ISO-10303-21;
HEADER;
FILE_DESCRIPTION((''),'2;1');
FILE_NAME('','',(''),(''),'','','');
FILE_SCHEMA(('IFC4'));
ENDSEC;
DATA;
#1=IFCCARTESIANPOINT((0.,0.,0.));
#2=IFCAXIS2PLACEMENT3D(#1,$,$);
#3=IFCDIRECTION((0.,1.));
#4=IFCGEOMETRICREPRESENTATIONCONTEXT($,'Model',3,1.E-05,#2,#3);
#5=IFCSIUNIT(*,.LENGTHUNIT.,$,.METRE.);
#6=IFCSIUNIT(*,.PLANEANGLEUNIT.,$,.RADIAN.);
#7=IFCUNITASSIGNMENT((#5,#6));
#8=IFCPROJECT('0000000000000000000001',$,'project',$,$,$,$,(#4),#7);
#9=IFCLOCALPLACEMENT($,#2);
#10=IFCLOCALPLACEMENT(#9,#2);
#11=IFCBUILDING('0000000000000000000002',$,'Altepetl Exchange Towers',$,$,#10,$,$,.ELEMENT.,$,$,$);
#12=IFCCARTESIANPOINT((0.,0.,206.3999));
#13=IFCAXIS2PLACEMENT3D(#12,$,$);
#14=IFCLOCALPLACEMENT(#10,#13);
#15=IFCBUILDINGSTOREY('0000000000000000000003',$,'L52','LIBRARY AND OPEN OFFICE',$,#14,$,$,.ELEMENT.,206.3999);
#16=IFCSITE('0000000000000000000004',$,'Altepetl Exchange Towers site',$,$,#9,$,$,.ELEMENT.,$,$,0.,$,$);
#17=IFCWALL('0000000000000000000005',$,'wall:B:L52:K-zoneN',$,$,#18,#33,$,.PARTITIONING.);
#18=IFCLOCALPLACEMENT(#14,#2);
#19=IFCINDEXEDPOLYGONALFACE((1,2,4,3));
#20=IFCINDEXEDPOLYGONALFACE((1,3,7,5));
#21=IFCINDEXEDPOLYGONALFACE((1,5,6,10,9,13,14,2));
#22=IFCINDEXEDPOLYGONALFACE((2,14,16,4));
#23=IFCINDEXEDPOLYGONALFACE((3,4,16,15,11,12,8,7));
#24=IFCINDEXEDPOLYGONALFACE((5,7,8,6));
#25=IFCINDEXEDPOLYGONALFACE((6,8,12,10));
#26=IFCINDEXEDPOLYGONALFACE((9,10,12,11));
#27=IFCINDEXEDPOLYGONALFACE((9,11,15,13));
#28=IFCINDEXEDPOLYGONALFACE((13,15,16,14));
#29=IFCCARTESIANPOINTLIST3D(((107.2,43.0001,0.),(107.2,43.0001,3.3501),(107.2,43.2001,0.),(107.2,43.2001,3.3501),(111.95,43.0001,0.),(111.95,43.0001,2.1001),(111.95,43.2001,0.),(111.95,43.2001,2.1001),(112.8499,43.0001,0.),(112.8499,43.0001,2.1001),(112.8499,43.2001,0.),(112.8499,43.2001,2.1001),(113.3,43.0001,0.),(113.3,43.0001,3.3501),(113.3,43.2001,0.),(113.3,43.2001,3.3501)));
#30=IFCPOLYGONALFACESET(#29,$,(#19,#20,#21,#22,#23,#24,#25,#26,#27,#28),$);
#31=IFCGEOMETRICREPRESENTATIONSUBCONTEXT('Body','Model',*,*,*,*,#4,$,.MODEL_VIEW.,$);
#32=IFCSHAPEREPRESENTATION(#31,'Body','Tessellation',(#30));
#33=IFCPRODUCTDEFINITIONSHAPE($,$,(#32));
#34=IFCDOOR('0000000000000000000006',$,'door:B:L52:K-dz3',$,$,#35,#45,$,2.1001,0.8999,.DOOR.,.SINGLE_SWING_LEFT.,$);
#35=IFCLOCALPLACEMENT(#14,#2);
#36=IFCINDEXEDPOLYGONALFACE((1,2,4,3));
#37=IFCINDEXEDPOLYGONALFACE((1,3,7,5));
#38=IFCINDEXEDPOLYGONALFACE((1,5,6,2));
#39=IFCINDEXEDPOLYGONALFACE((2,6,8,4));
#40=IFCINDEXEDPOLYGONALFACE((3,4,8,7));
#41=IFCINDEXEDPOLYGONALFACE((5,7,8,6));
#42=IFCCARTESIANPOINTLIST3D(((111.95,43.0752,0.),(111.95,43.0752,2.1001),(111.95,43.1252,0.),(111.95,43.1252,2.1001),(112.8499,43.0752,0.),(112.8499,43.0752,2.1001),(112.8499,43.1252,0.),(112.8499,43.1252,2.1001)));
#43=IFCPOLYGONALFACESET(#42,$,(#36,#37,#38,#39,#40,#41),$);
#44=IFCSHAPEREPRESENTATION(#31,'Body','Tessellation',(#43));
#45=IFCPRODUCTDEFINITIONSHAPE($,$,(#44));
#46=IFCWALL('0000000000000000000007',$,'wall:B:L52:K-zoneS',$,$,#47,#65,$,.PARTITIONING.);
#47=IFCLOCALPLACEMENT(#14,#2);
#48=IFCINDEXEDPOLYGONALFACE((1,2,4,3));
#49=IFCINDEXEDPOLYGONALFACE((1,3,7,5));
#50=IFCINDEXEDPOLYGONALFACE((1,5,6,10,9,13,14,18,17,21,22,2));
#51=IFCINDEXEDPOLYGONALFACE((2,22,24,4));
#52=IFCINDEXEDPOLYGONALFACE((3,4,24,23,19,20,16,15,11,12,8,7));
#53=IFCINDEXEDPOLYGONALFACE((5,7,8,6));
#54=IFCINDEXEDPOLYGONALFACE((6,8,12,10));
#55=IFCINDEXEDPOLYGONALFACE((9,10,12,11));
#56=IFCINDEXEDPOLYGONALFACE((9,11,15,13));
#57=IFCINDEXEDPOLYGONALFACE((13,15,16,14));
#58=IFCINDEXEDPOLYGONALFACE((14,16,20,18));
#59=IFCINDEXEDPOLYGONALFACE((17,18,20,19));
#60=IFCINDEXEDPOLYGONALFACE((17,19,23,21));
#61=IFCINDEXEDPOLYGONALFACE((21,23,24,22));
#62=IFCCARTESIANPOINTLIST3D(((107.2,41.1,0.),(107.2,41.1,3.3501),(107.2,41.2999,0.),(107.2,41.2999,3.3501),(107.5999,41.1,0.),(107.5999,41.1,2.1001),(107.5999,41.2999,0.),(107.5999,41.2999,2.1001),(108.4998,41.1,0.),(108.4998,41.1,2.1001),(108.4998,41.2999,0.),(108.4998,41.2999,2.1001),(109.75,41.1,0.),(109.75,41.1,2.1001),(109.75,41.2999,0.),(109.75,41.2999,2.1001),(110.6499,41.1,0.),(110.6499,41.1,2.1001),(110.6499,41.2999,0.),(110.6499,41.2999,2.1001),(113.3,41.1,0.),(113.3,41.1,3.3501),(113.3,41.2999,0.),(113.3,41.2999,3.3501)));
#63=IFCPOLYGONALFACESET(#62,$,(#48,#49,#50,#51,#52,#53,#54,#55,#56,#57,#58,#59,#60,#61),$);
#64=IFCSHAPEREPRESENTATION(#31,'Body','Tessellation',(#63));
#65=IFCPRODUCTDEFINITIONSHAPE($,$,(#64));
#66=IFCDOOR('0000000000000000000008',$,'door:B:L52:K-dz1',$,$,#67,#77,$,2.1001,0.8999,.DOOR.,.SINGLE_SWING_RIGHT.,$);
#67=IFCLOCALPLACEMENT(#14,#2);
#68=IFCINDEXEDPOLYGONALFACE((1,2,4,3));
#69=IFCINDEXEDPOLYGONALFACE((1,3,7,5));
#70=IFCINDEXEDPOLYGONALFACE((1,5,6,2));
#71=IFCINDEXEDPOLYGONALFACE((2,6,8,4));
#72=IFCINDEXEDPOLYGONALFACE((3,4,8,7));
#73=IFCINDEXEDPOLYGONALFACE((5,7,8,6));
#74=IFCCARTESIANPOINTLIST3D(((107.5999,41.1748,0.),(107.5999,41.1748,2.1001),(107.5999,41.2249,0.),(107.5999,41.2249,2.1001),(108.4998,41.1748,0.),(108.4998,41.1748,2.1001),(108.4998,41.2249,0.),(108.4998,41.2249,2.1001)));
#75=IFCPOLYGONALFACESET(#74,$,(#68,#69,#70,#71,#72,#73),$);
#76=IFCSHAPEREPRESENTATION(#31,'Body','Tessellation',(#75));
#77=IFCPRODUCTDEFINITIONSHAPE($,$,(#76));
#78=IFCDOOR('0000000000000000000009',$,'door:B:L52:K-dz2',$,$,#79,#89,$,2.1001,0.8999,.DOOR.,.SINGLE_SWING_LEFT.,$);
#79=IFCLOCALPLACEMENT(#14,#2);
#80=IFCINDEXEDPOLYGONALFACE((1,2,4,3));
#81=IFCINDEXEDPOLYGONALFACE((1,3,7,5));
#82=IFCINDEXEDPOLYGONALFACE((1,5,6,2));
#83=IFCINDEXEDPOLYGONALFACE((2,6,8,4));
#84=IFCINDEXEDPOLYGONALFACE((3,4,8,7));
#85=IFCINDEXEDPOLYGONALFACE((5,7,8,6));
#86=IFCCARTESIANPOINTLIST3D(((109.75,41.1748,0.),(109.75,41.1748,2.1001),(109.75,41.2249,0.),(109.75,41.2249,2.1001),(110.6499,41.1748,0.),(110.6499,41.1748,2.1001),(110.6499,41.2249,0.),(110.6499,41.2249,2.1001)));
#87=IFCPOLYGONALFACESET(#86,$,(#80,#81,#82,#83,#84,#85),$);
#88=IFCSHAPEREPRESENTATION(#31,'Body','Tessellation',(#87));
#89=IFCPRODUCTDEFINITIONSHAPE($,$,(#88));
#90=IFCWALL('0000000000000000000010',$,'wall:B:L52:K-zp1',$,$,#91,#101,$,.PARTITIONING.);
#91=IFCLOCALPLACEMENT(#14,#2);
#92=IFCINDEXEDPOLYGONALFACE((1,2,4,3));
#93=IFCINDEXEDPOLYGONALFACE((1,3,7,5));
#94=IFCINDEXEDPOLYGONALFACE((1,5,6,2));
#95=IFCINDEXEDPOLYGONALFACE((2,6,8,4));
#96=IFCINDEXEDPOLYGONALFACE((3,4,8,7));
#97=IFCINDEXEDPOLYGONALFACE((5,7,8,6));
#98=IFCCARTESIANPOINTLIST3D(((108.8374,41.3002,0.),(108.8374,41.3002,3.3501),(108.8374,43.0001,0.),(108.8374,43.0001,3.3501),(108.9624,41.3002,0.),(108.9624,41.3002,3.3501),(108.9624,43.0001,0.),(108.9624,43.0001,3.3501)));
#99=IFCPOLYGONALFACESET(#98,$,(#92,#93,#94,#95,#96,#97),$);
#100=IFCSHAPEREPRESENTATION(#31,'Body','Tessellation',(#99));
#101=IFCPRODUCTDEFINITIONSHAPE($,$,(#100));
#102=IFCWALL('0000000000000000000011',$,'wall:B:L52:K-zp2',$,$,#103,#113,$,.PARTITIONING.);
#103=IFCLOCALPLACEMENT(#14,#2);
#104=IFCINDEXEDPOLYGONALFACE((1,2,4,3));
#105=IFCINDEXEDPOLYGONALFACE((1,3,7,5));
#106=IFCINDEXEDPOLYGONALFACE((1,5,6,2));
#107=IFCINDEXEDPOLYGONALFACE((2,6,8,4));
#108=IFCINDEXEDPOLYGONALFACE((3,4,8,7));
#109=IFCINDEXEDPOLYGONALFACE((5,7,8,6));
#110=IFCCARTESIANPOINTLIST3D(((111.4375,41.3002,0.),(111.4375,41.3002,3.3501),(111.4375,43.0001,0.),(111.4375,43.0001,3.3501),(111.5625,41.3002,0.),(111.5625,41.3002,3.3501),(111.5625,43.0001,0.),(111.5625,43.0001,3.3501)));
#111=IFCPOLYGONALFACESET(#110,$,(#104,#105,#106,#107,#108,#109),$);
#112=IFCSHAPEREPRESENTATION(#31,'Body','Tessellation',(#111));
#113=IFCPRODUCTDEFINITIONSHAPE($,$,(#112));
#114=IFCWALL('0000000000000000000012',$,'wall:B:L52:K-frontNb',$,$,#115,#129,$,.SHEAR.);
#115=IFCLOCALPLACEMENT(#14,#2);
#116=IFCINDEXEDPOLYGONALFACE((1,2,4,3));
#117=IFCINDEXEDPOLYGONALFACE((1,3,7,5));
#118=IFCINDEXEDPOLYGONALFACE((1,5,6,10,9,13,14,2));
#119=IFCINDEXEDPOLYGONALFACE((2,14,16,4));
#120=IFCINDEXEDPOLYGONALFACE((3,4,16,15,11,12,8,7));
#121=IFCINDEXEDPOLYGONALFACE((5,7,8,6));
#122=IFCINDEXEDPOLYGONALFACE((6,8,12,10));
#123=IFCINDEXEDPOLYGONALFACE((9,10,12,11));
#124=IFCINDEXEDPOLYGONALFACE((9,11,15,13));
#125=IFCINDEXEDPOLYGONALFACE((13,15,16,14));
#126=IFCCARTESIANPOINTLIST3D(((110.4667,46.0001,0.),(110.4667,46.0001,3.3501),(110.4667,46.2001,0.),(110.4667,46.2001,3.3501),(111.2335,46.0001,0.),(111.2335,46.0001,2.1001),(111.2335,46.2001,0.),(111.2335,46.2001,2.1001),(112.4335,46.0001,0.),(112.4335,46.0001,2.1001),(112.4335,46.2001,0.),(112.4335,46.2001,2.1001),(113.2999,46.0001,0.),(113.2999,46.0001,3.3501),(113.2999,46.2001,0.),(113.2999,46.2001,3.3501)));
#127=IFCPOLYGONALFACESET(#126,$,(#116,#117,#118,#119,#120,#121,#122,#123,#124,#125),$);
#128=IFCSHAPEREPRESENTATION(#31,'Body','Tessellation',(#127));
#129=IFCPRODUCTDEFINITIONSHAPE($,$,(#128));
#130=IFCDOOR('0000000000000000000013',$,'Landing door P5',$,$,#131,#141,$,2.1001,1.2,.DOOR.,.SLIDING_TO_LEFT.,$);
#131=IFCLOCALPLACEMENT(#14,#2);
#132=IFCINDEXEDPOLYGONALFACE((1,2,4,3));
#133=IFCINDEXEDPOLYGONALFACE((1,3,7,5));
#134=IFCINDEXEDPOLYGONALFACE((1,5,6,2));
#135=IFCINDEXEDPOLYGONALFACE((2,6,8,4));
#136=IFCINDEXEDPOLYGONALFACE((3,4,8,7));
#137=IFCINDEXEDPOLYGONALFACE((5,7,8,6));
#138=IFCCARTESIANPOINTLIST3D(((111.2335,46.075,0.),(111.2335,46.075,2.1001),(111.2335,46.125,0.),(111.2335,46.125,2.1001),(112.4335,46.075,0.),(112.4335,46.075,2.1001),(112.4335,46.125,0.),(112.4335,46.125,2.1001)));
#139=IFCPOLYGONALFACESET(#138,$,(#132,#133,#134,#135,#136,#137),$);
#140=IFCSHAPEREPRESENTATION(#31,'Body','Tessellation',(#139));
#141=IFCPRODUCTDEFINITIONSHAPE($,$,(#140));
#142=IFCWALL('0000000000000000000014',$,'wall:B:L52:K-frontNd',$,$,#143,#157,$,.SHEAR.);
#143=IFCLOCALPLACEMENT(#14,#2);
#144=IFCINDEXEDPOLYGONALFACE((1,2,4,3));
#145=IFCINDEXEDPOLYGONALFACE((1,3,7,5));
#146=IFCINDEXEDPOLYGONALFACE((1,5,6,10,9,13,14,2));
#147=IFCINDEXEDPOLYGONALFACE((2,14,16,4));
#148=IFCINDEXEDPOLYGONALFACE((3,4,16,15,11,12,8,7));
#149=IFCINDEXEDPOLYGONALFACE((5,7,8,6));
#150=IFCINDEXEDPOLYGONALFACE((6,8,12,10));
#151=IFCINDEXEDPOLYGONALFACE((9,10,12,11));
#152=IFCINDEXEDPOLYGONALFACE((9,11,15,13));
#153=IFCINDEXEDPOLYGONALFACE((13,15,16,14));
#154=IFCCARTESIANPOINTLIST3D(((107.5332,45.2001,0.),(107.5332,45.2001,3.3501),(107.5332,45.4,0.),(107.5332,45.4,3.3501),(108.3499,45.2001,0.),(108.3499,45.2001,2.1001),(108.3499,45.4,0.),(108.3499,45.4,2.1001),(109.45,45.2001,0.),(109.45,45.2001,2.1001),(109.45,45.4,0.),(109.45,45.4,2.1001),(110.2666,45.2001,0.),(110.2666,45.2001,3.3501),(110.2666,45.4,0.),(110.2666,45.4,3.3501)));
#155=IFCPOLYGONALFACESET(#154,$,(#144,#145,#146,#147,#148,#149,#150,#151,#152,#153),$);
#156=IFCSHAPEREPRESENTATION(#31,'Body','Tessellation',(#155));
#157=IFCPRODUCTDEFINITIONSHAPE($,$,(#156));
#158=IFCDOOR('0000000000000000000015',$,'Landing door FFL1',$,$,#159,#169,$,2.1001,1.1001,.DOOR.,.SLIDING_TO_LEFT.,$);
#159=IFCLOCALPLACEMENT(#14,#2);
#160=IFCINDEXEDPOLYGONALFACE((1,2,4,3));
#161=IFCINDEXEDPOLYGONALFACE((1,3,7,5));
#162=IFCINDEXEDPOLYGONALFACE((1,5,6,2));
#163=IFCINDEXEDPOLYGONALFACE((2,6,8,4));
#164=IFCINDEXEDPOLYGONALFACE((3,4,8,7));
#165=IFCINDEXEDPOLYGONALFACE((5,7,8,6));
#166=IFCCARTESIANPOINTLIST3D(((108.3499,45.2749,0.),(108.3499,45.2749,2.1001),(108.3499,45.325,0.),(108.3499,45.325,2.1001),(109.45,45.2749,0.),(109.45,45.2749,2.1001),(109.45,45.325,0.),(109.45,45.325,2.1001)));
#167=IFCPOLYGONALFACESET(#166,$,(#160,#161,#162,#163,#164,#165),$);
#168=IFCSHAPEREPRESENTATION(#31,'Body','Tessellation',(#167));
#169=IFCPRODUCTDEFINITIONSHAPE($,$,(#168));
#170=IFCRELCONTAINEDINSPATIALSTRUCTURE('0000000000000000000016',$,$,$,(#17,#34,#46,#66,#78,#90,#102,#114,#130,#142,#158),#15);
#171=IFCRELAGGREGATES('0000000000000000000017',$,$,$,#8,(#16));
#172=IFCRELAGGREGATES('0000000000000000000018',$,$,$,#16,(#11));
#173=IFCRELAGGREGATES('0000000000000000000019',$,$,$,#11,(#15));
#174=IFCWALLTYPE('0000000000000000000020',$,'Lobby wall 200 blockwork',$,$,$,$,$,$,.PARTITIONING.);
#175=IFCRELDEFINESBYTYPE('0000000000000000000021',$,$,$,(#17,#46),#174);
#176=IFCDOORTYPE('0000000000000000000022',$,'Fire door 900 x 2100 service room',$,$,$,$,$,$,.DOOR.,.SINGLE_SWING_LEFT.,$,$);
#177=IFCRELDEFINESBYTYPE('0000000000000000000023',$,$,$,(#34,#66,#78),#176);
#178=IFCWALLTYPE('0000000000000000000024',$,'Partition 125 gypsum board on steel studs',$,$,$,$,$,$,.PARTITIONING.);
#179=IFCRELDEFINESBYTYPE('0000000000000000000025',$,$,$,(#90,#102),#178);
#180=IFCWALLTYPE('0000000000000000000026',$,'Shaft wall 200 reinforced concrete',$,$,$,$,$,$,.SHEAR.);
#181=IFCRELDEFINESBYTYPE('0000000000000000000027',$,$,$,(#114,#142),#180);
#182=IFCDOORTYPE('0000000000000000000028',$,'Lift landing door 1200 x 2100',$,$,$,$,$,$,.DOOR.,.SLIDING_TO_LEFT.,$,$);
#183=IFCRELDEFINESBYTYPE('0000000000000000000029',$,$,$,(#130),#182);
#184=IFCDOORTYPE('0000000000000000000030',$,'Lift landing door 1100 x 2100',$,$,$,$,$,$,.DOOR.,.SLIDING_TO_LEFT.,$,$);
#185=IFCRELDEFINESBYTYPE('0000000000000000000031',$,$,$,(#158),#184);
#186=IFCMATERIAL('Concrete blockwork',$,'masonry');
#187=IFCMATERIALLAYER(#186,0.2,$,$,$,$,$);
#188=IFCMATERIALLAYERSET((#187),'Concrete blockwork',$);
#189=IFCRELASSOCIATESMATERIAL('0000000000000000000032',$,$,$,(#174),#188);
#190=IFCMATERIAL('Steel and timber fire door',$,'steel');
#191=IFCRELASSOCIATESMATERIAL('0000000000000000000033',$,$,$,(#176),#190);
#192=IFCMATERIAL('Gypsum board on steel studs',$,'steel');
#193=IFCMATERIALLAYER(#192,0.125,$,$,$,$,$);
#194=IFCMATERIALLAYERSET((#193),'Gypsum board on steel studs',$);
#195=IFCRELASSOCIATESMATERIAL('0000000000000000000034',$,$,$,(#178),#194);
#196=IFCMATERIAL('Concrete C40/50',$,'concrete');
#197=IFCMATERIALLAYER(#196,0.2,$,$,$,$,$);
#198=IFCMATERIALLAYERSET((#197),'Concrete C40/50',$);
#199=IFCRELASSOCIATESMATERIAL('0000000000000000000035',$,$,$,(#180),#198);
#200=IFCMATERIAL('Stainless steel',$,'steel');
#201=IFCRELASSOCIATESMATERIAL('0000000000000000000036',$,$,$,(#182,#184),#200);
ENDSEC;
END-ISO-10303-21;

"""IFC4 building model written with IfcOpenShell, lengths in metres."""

from ifc_helpers import new_model, si_unit, direction, frame, frame_2d, origin, place, context, subcontext, project, spatial, rectangle, extrude, material, layer, layer_set, type_object, element, fill, save


model = new_model("IFC4")

# Units and contexts
model_context = context("Model", 3, precision=1e-05, world=origin(), true_north=direction((0.0, 1.0)))
body_context = subcontext(model_context, "Body", "Model", "MODEL_VIEW")
ifc_project = project(units=[si_unit("LENGTHUNIT", "METRE"), si_unit("PLANEANGLEUNIT", "RADIAN")], contexts=[model_context])

# Site, building, storey
site_placement = place(None, origin())
site = spatial("IfcSite", under=ifc_project, at=site_placement, Name="Altepetl Exchange Towers site", CompositionType="ELEMENT", RefElevation=0.0)
building_placement = place(site_placement, origin())
building = spatial("IfcBuilding", under=site, at=building_placement, Name="Altepetl Exchange Towers", CompositionType="ELEMENT")
storey_placement = place(building_placement, frame((0.0, 0.0, 206.3999)))
storey = spatial("IfcBuildingStorey", under=building, at=storey_placement, Name="L52", Description="LIBRARY AND OPEN OFFICE", CompositionType="ELEMENT", Elevation=206.3999)

# Wall, opening, door
ifc_material_1 = material(Name="Concrete blockwork", Category="masonry")
ifc_layer_1 = layer(ifc_material_1, 0.2)
ifc_layer_set_1 = layer_set([ifc_layer_1], Name="Concrete blockwork")
wall_type_1 = type_object("IfcWallType", Name="Lobby wall 200 blockwork", PredefinedType="PARTITIONING", material=ifc_layer_set_1)
wall_1_placement = place(storey_placement, frame((107.2, 43.1001, 0.0)))
wall_1 = element("IfcWall", 1, at=wall_1_placement, inside=storey, type_object=wall_type_1, Name="wall:B:L52:K-zoneN", PredefinedType="PARTITIONING", context=body_context, shape_type="SweptSolid", body=[
    extrude(rectangle(XDim=6.1001, YDim=0.2, at=frame_2d((3.05, 0.0))), origin(), (0.0, 0.0, 1.0), 3.3501),
])
opening_1_placement = place(wall_1_placement, frame((4.75, 0.0, 0.0)))
opening_1 = element("IfcOpeningElement", 2, at=opening_1_placement, cuts=wall_1, PredefinedType="OPENING", context=body_context, shape_type="SweptSolid", body=[
    extrude(rectangle(XDim=0.8999, YDim=2.1001, at=frame_2d((0.45, 1.05))), frame((0.0, 0.1099, 0.0), z_axis=(0.0, -1.0, 0.0), x_axis=(1.0, 0.0, 0.0)), (0.0, 0.0, 1.0), 0.22),
])
ifc_material_2 = material(Name="Steel and timber fire door", Category="steel")
door_type_1 = type_object("IfcDoorType", Name="Fire door 900 x 2100 service room", OperationType="SINGLE_SWING_LEFT", PredefinedType="DOOR", material=ifc_material_2)
door_1_placement = place(opening_1_placement, frame((0.8999, 0.0, 0.0), x_axis=(-1.0, 0.0, 0.0)))
door_1 = element("IfcDoor", 3, at=door_1_placement, inside=storey, type_object=door_type_1, Name="door:B:L52:K-dz3", OperationType="SINGLE_SWING_LEFT", OverallHeight=2.1001, OverallWidth=0.8999, PredefinedType="DOOR", context=body_context, shape_type="SweptSolid", body=[
    extrude(rectangle(XDim=0.8999, YDim=2.1001, at=frame_2d((0.45, 1.05))), frame((0.0, 0.0249, 0.0), z_axis=(0.0, -1.0, 0.0), x_axis=(1.0, 0.0, 0.0)), (0.0, 0.0, 1.0), 0.05),
])
fill(opening_1, door_1)

# Wall, openings, doors
wall_2_placement = place(storey_placement, frame((107.2, 41.2, 0.0)))
wall_2 = element("IfcWall", 4, at=wall_2_placement, inside=storey, type_object=wall_type_1, Name="wall:B:L52:K-zoneS", PredefinedType="PARTITIONING", context=body_context, shape_type="SweptSolid", body=[
    extrude(rectangle(XDim=6.1001, YDim=0.2, at=frame_2d((3.05, 0.0))), origin(), (0.0, 0.0, 1.0), 3.3501),
])
opening_2_placement = place(wall_2_placement, frame((0.3999, 0.0, 0.0)))
opening_2 = element("IfcOpeningElement", 5, at=opening_2_placement, cuts=wall_2, PredefinedType="OPENING", context=body_context, shape_type="SweptSolid", body=[
    extrude(rectangle(XDim=0.8999, YDim=2.1001, at=frame_2d((0.45, 1.05))), frame((0.0, 0.1099, 0.0), z_axis=(0.0, -1.0, 0.0), x_axis=(1.0, 0.0, 0.0)), (0.0, 0.0, 1.0), 0.22),
])
opening_3_placement = place(wall_2_placement, frame((2.55, 0.0, 0.0)))
opening_3 = element("IfcOpeningElement", 6, at=opening_3_placement, cuts=wall_2, PredefinedType="OPENING", context=body_context, shape_type="SweptSolid", body=[
    extrude(rectangle(XDim=0.8999, YDim=2.1001, at=frame_2d((0.45, 1.05))), frame((0.0, 0.1099, 0.0), z_axis=(0.0, -1.0, 0.0), x_axis=(1.0, 0.0, 0.0)), (0.0, 0.0, 1.0), 0.22),
])
door_2_placement = place(opening_2_placement, origin())
door_2 = element("IfcDoor", 7, at=door_2_placement, inside=storey, type_object=door_type_1, Name="door:B:L52:K-dz1", OperationType="SINGLE_SWING_RIGHT", OverallHeight=2.1001, OverallWidth=0.8999, PredefinedType="DOOR", context=body_context, shape_type="SweptSolid", body=[
    extrude(rectangle(XDim=0.8999, YDim=2.1001, at=frame_2d((0.45, 1.05))), frame((0.0, 0.0249, 0.0), z_axis=(0.0, -1.0, 0.0), x_axis=(1.0, 0.0, 0.0)), (0.0, 0.0, 1.0), 0.05),
])
fill(opening_2, door_2)
door_3_placement = place(opening_3_placement, origin())
door_3 = element("IfcDoor", 8, at=door_3_placement, inside=storey, type_object=door_type_1, Name="door:B:L52:K-dz2", OperationType="SINGLE_SWING_LEFT", OverallHeight=2.1001, OverallWidth=0.8999, PredefinedType="DOOR", context=body_context, shape_type="SweptSolid", body=[
    extrude(rectangle(XDim=0.8999, YDim=2.1001, at=frame_2d((0.45, 1.05))), frame((0.0, 0.0249, 0.0), z_axis=(0.0, -1.0, 0.0), x_axis=(1.0, 0.0, 0.0)), (0.0, 0.0, 1.0), 0.05),
])
fill(opening_3, door_3)

# Walls
ifc_material_3 = material(Name="Gypsum board on steel studs", Category="steel")
ifc_layer_2 = layer(ifc_material_3, 0.125)
ifc_layer_set_2 = layer_set([ifc_layer_2], Name="Gypsum board on steel studs")
wall_type_2 = type_object("IfcWallType", Name="Partition 125 gypsum board on steel studs", PredefinedType="PARTITIONING", material=ifc_layer_set_2)
for number, where, z_axis, x_axis, name in (
    (9, (108.8999, 41.3, 0.0), (0.0, 0.0, 1.0), (0.0, 1.0, 0.0), "wall:B:L52:K-zp1"),
    (10, (111.5, 41.3, 0.0), (0.0, 0.0, 1.0), (0.0, 1.0, 0.0), "wall:B:L52:K-zp2"),
):
    element("IfcWall", number, at=place(storey_placement, frame(where, z_axis=z_axis, x_axis=x_axis)), inside=storey, type_object=wall_type_2, Name=name, PredefinedType="PARTITIONING", context=body_context, shape_type="SweptSolid", body=[
        extrude(rectangle(XDim=1.7, YDim=0.125, at=frame_2d((0.8501, 0.0))), origin(), (0.0, 0.0, 1.0), 3.3501),
    ])

# Walls, openings, doors
ifc_material_4 = material(Name="Concrete C40/50", Category="concrete")
ifc_layer_3 = layer(ifc_material_4, 0.2)
ifc_layer_set_3 = layer_set([ifc_layer_3], Name="Concrete C40/50")
wall_type_3 = type_object("IfcWallType", Name="Shaft wall 200 reinforced concrete", PredefinedType="SHEAR", material=ifc_layer_set_3)
wall_3_placement = place(storey_placement, frame((110.4668, 46.1001, 0.0)))
wall_3 = element("IfcWall", 11, at=wall_3_placement, inside=storey, type_object=wall_type_3, Name="wall:B:L52:K-frontNb", PredefinedType="SHEAR", context=body_context, shape_type="SweptSolid", body=[
    extrude(rectangle(XDim=2.8333, YDim=0.2, at=frame_2d((1.4165, 0.0))), origin(), (0.0, 0.0, 1.0), 3.3501),
])
opening_4_placement = place(wall_3_placement, frame((0.7666, 0.0, 0.0)))
opening_4 = element("IfcOpeningElement", 12, at=opening_4_placement, cuts=wall_3, PredefinedType="OPENING", context=body_context, shape_type="SweptSolid", body=[
    extrude(rectangle(XDim=1.2, YDim=2.1001, at=frame_2d((0.6001, 1.05))), frame((0.0, 0.1099, 0.0), z_axis=(0.0, -1.0, 0.0), x_axis=(1.0, 0.0, 0.0)), (0.0, 0.0, 1.0), 0.22),
])
ifc_material_5 = material(Name="Stainless steel", Category="steel")
door_type_2 = type_object("IfcDoorType", Name="Lift landing door 1200 x 2100", OperationType="SLIDING_TO_LEFT", PredefinedType="DOOR", material=ifc_material_5)
door_4_placement = place(opening_4_placement, origin())
door_4 = element("IfcDoor", 13, at=door_4_placement, inside=storey, type_object=door_type_2, Name="Landing door P5", OperationType="SLIDING_TO_LEFT", OverallHeight=2.1001, OverallWidth=1.2, PredefinedType="DOOR", context=body_context, shape_type="SweptSolid", body=[
    extrude(rectangle(XDim=1.2, YDim=2.1001, at=frame_2d((0.6001, 1.05))), frame((0.0, 0.0249, 0.0), z_axis=(0.0, -1.0, 0.0), x_axis=(1.0, 0.0, 0.0)), (0.0, 0.0, 1.0), 0.05),
])
fill(opening_4, door_4)
wall_4_placement = place(storey_placement, frame((107.5332, 45.3, 0.0)))
wall_4 = element("IfcWall", 14, at=wall_4_placement, inside=storey, type_object=wall_type_3, Name="wall:B:L52:K-frontNd", PredefinedType="SHEAR", context=body_context, shape_type="SweptSolid", body=[
    extrude(rectangle(XDim=2.7334, YDim=0.2, at=frame_2d((1.3667, 0.0))), origin(), (0.0, 0.0, 1.0), 3.3501),
])
opening_5_placement = place(wall_4_placement, frame((0.8167, 0.0, 0.0)))
opening_5 = element("IfcOpeningElement", 15, at=opening_5_placement, cuts=wall_4, PredefinedType="OPENING", context=body_context, shape_type="SweptSolid", body=[
    extrude(rectangle(XDim=1.1001, YDim=2.1001, at=frame_2d((0.55, 1.05))), frame((0.0, 0.1099, 0.0), z_axis=(0.0, -1.0, 0.0), x_axis=(1.0, 0.0, 0.0)), (0.0, 0.0, 1.0), 0.22),
])
door_type_3 = type_object("IfcDoorType", Name="Lift landing door 1100 x 2100", OperationType="SLIDING_TO_LEFT", PredefinedType="DOOR", material=ifc_material_5)
door_5_placement = place(opening_5_placement, origin())
door_5 = element("IfcDoor", 16, at=door_5_placement, inside=storey, type_object=door_type_3, Name="Landing door FFL1", OperationType="SLIDING_TO_LEFT", OverallHeight=2.1001, OverallWidth=1.1001, PredefinedType="DOOR", context=body_context, shape_type="SweptSolid", body=[
    extrude(rectangle(XDim=1.1001, YDim=2.1001, at=frame_2d((0.55, 1.05))), frame((0.0, 0.0249, 0.0), z_axis=(0.0, -1.0, 0.0), x_axis=(1.0, 0.0, 0.0)), (0.0, 0.0, 1.0), 0.05),
])
fill(opening_5, door_5)

save(model, "model.ifc")
